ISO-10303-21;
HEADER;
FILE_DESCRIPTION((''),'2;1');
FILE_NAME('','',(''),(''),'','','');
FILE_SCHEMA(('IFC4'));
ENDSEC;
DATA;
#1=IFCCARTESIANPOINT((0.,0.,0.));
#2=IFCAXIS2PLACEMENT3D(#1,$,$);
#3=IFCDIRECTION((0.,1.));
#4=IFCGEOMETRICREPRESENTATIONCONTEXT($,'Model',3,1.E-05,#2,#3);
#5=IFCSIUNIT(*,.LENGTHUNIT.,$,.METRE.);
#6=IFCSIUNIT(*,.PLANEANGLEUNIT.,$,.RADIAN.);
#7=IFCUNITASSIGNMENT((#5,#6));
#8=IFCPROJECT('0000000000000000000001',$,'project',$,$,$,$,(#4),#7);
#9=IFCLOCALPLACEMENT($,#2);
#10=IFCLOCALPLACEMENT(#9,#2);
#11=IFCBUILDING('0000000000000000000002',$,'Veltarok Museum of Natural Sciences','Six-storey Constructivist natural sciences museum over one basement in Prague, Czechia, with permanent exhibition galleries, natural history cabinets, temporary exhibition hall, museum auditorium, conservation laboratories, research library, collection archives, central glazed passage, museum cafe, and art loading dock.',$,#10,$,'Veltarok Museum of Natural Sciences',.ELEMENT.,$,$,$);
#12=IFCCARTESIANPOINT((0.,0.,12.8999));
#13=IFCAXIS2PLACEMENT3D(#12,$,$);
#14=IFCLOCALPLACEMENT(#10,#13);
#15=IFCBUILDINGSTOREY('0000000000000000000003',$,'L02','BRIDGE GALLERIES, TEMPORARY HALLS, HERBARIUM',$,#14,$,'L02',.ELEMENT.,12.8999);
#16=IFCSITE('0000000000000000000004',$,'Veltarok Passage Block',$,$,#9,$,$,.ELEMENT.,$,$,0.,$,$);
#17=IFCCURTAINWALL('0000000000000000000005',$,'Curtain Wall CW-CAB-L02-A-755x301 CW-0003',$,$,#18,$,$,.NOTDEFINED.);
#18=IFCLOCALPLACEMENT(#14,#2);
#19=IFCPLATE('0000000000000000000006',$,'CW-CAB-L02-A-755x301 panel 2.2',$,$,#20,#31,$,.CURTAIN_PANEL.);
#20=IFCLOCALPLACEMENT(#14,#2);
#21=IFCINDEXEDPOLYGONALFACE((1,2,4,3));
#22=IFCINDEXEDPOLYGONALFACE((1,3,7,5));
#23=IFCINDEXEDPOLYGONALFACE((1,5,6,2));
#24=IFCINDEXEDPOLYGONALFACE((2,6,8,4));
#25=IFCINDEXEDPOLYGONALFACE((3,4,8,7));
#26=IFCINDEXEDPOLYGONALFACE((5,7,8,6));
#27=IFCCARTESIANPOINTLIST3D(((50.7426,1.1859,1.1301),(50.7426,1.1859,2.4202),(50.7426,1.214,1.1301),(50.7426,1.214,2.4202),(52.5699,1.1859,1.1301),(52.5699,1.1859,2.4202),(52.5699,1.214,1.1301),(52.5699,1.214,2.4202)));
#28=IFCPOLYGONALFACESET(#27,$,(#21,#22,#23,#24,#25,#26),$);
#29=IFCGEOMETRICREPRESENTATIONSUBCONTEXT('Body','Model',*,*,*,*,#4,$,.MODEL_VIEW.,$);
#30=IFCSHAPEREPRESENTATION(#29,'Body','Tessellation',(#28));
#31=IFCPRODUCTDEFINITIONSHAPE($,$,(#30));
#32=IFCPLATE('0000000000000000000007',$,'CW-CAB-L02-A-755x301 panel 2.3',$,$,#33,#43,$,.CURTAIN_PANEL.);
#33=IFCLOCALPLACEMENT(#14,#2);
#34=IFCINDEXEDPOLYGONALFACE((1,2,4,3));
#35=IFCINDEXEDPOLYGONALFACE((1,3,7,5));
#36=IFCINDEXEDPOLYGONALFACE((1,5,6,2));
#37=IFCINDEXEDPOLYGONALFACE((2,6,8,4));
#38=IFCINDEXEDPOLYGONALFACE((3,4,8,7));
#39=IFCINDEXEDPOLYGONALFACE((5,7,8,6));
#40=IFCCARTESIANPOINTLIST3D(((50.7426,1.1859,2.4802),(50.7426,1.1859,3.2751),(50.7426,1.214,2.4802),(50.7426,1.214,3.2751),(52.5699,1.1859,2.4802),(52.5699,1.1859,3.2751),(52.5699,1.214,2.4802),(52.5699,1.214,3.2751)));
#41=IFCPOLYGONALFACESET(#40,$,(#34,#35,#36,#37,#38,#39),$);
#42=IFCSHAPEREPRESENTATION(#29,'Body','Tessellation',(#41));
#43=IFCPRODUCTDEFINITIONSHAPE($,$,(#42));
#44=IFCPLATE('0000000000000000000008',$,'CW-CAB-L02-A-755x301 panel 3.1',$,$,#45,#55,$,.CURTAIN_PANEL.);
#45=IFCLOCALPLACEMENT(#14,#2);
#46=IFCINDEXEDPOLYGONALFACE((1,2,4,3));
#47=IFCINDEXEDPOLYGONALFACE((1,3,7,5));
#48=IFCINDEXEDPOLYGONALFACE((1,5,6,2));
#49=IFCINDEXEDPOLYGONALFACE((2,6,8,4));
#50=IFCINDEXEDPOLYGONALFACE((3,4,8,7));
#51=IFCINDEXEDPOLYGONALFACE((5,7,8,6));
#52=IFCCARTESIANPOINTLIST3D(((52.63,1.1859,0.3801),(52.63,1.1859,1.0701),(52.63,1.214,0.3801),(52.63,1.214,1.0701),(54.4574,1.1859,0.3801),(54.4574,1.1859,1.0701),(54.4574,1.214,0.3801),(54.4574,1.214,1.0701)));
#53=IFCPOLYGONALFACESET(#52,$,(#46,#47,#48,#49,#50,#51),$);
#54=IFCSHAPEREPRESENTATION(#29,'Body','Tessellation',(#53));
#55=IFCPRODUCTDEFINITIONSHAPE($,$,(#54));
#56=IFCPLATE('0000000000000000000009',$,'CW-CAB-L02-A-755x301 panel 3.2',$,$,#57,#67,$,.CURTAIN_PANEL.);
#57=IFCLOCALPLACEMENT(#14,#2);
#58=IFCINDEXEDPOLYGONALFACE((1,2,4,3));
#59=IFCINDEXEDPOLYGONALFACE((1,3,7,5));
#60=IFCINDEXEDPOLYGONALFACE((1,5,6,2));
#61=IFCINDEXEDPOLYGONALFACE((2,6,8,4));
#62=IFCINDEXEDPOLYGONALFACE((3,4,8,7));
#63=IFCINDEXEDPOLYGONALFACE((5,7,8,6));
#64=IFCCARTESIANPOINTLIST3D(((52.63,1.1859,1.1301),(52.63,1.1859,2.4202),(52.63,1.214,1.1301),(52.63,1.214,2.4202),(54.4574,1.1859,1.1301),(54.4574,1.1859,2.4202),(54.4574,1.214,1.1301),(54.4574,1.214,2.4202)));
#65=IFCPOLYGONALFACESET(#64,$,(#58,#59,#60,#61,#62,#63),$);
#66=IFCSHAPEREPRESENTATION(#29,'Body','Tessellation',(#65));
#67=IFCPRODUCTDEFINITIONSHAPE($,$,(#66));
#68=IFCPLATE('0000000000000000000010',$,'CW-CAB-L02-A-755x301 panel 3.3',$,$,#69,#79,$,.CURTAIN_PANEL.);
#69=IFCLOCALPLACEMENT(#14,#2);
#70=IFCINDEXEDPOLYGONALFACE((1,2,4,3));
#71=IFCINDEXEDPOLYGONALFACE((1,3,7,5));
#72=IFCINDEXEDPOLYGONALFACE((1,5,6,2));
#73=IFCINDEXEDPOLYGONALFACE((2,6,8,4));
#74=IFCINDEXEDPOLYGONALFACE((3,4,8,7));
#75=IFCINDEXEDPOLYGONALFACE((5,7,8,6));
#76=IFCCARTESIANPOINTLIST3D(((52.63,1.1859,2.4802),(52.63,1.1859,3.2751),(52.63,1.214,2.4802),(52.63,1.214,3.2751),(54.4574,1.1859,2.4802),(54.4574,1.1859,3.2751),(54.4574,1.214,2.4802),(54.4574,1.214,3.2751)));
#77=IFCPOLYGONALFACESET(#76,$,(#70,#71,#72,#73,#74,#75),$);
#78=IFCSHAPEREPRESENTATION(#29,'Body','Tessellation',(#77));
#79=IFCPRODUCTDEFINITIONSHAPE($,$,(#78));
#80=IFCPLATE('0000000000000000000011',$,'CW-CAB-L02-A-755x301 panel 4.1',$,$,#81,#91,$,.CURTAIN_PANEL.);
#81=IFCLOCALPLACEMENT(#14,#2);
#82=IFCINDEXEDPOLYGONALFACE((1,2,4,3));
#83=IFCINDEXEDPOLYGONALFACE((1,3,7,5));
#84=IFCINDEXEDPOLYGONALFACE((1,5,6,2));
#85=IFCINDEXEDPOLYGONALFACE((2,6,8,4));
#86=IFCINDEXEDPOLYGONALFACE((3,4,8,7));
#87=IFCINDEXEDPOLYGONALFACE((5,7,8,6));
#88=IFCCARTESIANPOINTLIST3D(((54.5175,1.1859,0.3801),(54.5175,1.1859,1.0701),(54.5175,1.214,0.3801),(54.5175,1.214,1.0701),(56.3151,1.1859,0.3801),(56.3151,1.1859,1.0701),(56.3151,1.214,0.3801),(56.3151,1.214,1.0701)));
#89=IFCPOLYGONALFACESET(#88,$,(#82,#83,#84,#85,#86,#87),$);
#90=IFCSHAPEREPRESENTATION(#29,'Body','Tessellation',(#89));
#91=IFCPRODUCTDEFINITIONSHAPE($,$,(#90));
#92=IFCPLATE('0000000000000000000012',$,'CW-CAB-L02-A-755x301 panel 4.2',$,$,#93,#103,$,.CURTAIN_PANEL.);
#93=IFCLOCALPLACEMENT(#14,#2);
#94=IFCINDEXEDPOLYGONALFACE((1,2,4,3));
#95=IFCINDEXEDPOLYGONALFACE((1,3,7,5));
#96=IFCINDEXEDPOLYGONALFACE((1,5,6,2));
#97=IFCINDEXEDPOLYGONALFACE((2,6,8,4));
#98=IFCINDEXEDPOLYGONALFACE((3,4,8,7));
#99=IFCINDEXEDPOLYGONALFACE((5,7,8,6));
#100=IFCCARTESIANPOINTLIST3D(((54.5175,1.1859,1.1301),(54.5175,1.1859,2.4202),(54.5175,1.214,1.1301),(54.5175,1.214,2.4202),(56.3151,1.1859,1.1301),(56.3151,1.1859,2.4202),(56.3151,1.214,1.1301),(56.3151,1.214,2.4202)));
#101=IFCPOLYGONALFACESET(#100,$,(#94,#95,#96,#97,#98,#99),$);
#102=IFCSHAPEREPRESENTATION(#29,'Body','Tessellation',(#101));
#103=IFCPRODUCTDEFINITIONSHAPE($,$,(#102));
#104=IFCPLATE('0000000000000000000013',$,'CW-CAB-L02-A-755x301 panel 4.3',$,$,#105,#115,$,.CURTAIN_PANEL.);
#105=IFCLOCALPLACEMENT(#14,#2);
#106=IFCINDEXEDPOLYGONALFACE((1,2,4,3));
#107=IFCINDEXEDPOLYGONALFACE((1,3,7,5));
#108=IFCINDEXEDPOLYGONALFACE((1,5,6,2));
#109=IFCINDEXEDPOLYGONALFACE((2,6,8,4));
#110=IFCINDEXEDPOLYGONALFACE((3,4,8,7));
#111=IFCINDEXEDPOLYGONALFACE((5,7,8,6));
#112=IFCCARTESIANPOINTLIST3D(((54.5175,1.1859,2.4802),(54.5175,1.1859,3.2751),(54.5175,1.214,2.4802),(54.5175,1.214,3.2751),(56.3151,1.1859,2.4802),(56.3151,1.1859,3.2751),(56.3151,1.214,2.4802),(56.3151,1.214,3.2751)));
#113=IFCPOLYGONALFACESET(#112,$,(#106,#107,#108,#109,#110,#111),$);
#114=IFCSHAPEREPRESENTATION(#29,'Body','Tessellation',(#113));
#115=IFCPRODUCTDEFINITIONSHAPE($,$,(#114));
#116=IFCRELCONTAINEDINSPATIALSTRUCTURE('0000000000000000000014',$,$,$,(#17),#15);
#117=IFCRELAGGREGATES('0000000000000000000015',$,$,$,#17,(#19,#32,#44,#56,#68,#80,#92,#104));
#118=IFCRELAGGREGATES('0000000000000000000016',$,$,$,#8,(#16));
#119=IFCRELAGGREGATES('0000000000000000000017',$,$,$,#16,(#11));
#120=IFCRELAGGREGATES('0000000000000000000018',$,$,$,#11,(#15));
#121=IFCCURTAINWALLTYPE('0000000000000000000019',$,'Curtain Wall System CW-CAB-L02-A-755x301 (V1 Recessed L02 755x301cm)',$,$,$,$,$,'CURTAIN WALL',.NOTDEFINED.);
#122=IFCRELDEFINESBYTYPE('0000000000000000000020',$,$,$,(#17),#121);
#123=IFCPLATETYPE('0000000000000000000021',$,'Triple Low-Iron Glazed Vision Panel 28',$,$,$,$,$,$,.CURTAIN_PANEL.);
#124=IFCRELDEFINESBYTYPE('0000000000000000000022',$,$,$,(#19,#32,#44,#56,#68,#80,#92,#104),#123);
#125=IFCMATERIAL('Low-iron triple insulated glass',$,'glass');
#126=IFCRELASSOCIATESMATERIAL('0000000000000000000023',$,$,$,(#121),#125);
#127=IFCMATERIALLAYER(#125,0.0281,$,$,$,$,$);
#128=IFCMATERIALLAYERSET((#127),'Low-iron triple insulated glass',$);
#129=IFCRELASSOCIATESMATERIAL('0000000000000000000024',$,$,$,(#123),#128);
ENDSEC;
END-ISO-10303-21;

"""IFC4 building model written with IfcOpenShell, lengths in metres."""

from ifc_helpers import new_model, si_unit, direction, frame, origin, origin_2d, place, context, subcontext, project, spatial, rectangle, extrude, material, layer, layer_set, type_object, element, aggregate, save


model = new_model("IFC4")

# Units and contexts
model_context = context("Model", 3, precision=1e-05, world=origin(), true_north=direction((0.0, 1.0)))
body_context = subcontext(model_context, "Body", "Model", "MODEL_VIEW")
ifc_project = project(units=[si_unit("LENGTHUNIT", "METRE"), si_unit("PLANEANGLEUNIT", "RADIAN")], contexts=[model_context])

# Site, building, storey
site_placement = place(None, origin())
site = spatial("IfcSite", under=ifc_project, at=site_placement, Name="Veltarok Passage Block", CompositionType="ELEMENT", RefElevation=0.0)
building_placement = place(site_placement, origin())
building = spatial("IfcBuilding", under=site, at=building_placement, Name="Veltarok Museum of Natural Sciences", Description="Six-storey Constructivist natural sciences museum over one basement in Prague, Czechia, with permanent exhibition galleries, natural history cabinets, temporary exhibition hall, museum auditorium, conservation laboratories, research library, collection archives, central glazed passage, museum cafe, and art loading dock.", LongName="Veltarok Museum of Natural Sciences", CompositionType="ELEMENT")
storey_placement = place(building_placement, frame((0.0, 0.0, 12.8999)))
storey = spatial("IfcBuildingStorey", under=building, at=storey_placement, Name="L02", Description="BRIDGE GALLERIES, TEMPORARY HALLS, HERBARIUM", LongName="L02", CompositionType="ELEMENT", Elevation=12.8999)

# Curtain wall, plates
ifc_material_1 = material(Name="Low-iron triple insulated glass", Category="glass")
curtain_wall_type = type_object("IfcCurtainWallType", Name="Curtain Wall System CW-CAB-L02-A-755x301 (V1 Recessed L02 755x301cm)", ElementType="CURTAIN WALL", PredefinedType="NOTDEFINED", material=ifc_material_1)
curtain_wall_placement = place(storey_placement, origin())
curtain_wall = element("IfcCurtainWall", 1, at=curtain_wall_placement, inside=storey, type_object=curtain_wall_type, Name="Curtain Wall CW-CAB-L02-A-755x301 CW-0003", PredefinedType="NOTDEFINED")
ifc_layer = layer(ifc_material_1, 0.0281)
ifc_layer_set = layer_set([ifc_layer], Name="Low-iron triple insulated glass")
plate_type = type_object("IfcPlateType", Name="Triple Low-Iron Glazed Vision Panel 28", PredefinedType="CURTAIN_PANEL", material=ifc_layer_set)
plate_1_placement = place(storey_placement, frame((51.6562, 1.2, 1.1301), z_axis=(0.0, 0.0, 1.0), x_axis=(1.0, 0.0, 0.0)))
plate_1 = element("IfcPlate", 2, at=plate_1_placement, type_object=plate_type, Name="CW-CAB-L02-A-755x301 panel 2.2", PredefinedType="CURTAIN_PANEL", context=body_context, shape_type="SweptSolid", body=[
    extrude(rectangle(XDim=1.8274, YDim=0.0281, at=origin_2d()), origin(), (0.0, 0.0, 1.0), 1.29),
])
plate_2_placement = place(storey_placement, frame((51.6562, 1.2, 2.4802), z_axis=(0.0, 0.0, 1.0), x_axis=(1.0, 0.0, 0.0)))
plate_2 = element("IfcPlate", 3, at=plate_2_placement, type_object=plate_type, Name="CW-CAB-L02-A-755x301 panel 2.3", PredefinedType="CURTAIN_PANEL", context=body_context, shape_type="SweptSolid", body=[
    extrude(rectangle(XDim=1.8274, YDim=0.0281, at=origin_2d()), origin(), (0.0, 0.0, 1.0), 0.7949),
])
plate_3_placement = place(storey_placement, frame((53.5437, 1.2, 0.3801), z_axis=(0.0, 0.0, 1.0), x_axis=(1.0, 0.0, 0.0)))
plate_3 = element("IfcPlate", 4, at=plate_3_placement, type_object=plate_type, Name="CW-CAB-L02-A-755x301 panel 3.1", PredefinedType="CURTAIN_PANEL", context=body_context, shape_type="SweptSolid", body=[
    extrude(rectangle(XDim=1.8274, YDim=0.0281, at=origin_2d()), origin(), (0.0, 0.0, 1.0), 0.6899),
])
plate_4_placement = place(storey_placement, frame((53.5437, 1.2, 1.1301), z_axis=(0.0, 0.0, 1.0), x_axis=(1.0, 0.0, 0.0)))
plate_4 = element("IfcPlate", 5, at=plate_4_placement, type_object=plate_type, Name="CW-CAB-L02-A-755x301 panel 3.2", PredefinedType="CURTAIN_PANEL", context=body_context, shape_type="SweptSolid", body=[
    extrude(rectangle(XDim=1.8274, YDim=0.0281, at=origin_2d()), origin(), (0.0, 0.0, 1.0), 1.29),
])
plate_5_placement = place(storey_placement, frame((53.5437, 1.2, 2.4802), z_axis=(0.0, 0.0, 1.0), x_axis=(1.0, 0.0, 0.0)))
plate_5 = element("IfcPlate", 6, at=plate_5_placement, type_object=plate_type, Name="CW-CAB-L02-A-755x301 panel 3.3", PredefinedType="CURTAIN_PANEL", context=body_context, shape_type="SweptSolid", body=[
    extrude(rectangle(XDim=1.8274, YDim=0.0281, at=origin_2d()), origin(), (0.0, 0.0, 1.0), 0.7949),
])
plate_6_placement = place(storey_placement, frame((55.4163, 1.2, 0.3801), z_axis=(0.0, 0.0, 1.0), x_axis=(1.0, 0.0, 0.0)))
plate_6 = element("IfcPlate", 7, at=plate_6_placement, type_object=plate_type, Name="CW-CAB-L02-A-755x301 panel 4.1", PredefinedType="CURTAIN_PANEL", context=body_context, shape_type="SweptSolid", body=[
    extrude(rectangle(XDim=1.7976, YDim=0.0281, at=origin_2d()), origin(), (0.0, 0.0, 1.0), 0.6899),
])
plate_7_placement = place(storey_placement, frame((55.4163, 1.2, 1.1301), z_axis=(0.0, 0.0, 1.0), x_axis=(1.0, 0.0, 0.0)))
plate_7 = element("IfcPlate", 8, at=plate_7_placement, type_object=plate_type, Name="CW-CAB-L02-A-755x301 panel 4.2", PredefinedType="CURTAIN_PANEL", context=body_context, shape_type="SweptSolid", body=[
    extrude(rectangle(XDim=1.7976, YDim=0.0281, at=origin_2d()), origin(), (0.0, 0.0, 1.0), 1.29),
])
plate_8_placement = place(storey_placement, frame((55.4163, 1.2, 2.4802), z_axis=(0.0, 0.0, 1.0), x_axis=(1.0, 0.0, 0.0)))
plate_8 = element("IfcPlate", 9, at=plate_8_placement, type_object=plate_type, Name="CW-CAB-L02-A-755x301 panel 4.3", PredefinedType="CURTAIN_PANEL", context=body_context, shape_type="SweptSolid", body=[
    extrude(rectangle(XDim=1.7976, YDim=0.0281, at=origin_2d()), origin(), (0.0, 0.0, 1.0), 0.7949),
])
aggregate(curtain_wall, [plate_1, plate_2, plate_3, plate_4, plate_5, plate_6, plate_7, plate_8])

save(model, "model.ifc")
